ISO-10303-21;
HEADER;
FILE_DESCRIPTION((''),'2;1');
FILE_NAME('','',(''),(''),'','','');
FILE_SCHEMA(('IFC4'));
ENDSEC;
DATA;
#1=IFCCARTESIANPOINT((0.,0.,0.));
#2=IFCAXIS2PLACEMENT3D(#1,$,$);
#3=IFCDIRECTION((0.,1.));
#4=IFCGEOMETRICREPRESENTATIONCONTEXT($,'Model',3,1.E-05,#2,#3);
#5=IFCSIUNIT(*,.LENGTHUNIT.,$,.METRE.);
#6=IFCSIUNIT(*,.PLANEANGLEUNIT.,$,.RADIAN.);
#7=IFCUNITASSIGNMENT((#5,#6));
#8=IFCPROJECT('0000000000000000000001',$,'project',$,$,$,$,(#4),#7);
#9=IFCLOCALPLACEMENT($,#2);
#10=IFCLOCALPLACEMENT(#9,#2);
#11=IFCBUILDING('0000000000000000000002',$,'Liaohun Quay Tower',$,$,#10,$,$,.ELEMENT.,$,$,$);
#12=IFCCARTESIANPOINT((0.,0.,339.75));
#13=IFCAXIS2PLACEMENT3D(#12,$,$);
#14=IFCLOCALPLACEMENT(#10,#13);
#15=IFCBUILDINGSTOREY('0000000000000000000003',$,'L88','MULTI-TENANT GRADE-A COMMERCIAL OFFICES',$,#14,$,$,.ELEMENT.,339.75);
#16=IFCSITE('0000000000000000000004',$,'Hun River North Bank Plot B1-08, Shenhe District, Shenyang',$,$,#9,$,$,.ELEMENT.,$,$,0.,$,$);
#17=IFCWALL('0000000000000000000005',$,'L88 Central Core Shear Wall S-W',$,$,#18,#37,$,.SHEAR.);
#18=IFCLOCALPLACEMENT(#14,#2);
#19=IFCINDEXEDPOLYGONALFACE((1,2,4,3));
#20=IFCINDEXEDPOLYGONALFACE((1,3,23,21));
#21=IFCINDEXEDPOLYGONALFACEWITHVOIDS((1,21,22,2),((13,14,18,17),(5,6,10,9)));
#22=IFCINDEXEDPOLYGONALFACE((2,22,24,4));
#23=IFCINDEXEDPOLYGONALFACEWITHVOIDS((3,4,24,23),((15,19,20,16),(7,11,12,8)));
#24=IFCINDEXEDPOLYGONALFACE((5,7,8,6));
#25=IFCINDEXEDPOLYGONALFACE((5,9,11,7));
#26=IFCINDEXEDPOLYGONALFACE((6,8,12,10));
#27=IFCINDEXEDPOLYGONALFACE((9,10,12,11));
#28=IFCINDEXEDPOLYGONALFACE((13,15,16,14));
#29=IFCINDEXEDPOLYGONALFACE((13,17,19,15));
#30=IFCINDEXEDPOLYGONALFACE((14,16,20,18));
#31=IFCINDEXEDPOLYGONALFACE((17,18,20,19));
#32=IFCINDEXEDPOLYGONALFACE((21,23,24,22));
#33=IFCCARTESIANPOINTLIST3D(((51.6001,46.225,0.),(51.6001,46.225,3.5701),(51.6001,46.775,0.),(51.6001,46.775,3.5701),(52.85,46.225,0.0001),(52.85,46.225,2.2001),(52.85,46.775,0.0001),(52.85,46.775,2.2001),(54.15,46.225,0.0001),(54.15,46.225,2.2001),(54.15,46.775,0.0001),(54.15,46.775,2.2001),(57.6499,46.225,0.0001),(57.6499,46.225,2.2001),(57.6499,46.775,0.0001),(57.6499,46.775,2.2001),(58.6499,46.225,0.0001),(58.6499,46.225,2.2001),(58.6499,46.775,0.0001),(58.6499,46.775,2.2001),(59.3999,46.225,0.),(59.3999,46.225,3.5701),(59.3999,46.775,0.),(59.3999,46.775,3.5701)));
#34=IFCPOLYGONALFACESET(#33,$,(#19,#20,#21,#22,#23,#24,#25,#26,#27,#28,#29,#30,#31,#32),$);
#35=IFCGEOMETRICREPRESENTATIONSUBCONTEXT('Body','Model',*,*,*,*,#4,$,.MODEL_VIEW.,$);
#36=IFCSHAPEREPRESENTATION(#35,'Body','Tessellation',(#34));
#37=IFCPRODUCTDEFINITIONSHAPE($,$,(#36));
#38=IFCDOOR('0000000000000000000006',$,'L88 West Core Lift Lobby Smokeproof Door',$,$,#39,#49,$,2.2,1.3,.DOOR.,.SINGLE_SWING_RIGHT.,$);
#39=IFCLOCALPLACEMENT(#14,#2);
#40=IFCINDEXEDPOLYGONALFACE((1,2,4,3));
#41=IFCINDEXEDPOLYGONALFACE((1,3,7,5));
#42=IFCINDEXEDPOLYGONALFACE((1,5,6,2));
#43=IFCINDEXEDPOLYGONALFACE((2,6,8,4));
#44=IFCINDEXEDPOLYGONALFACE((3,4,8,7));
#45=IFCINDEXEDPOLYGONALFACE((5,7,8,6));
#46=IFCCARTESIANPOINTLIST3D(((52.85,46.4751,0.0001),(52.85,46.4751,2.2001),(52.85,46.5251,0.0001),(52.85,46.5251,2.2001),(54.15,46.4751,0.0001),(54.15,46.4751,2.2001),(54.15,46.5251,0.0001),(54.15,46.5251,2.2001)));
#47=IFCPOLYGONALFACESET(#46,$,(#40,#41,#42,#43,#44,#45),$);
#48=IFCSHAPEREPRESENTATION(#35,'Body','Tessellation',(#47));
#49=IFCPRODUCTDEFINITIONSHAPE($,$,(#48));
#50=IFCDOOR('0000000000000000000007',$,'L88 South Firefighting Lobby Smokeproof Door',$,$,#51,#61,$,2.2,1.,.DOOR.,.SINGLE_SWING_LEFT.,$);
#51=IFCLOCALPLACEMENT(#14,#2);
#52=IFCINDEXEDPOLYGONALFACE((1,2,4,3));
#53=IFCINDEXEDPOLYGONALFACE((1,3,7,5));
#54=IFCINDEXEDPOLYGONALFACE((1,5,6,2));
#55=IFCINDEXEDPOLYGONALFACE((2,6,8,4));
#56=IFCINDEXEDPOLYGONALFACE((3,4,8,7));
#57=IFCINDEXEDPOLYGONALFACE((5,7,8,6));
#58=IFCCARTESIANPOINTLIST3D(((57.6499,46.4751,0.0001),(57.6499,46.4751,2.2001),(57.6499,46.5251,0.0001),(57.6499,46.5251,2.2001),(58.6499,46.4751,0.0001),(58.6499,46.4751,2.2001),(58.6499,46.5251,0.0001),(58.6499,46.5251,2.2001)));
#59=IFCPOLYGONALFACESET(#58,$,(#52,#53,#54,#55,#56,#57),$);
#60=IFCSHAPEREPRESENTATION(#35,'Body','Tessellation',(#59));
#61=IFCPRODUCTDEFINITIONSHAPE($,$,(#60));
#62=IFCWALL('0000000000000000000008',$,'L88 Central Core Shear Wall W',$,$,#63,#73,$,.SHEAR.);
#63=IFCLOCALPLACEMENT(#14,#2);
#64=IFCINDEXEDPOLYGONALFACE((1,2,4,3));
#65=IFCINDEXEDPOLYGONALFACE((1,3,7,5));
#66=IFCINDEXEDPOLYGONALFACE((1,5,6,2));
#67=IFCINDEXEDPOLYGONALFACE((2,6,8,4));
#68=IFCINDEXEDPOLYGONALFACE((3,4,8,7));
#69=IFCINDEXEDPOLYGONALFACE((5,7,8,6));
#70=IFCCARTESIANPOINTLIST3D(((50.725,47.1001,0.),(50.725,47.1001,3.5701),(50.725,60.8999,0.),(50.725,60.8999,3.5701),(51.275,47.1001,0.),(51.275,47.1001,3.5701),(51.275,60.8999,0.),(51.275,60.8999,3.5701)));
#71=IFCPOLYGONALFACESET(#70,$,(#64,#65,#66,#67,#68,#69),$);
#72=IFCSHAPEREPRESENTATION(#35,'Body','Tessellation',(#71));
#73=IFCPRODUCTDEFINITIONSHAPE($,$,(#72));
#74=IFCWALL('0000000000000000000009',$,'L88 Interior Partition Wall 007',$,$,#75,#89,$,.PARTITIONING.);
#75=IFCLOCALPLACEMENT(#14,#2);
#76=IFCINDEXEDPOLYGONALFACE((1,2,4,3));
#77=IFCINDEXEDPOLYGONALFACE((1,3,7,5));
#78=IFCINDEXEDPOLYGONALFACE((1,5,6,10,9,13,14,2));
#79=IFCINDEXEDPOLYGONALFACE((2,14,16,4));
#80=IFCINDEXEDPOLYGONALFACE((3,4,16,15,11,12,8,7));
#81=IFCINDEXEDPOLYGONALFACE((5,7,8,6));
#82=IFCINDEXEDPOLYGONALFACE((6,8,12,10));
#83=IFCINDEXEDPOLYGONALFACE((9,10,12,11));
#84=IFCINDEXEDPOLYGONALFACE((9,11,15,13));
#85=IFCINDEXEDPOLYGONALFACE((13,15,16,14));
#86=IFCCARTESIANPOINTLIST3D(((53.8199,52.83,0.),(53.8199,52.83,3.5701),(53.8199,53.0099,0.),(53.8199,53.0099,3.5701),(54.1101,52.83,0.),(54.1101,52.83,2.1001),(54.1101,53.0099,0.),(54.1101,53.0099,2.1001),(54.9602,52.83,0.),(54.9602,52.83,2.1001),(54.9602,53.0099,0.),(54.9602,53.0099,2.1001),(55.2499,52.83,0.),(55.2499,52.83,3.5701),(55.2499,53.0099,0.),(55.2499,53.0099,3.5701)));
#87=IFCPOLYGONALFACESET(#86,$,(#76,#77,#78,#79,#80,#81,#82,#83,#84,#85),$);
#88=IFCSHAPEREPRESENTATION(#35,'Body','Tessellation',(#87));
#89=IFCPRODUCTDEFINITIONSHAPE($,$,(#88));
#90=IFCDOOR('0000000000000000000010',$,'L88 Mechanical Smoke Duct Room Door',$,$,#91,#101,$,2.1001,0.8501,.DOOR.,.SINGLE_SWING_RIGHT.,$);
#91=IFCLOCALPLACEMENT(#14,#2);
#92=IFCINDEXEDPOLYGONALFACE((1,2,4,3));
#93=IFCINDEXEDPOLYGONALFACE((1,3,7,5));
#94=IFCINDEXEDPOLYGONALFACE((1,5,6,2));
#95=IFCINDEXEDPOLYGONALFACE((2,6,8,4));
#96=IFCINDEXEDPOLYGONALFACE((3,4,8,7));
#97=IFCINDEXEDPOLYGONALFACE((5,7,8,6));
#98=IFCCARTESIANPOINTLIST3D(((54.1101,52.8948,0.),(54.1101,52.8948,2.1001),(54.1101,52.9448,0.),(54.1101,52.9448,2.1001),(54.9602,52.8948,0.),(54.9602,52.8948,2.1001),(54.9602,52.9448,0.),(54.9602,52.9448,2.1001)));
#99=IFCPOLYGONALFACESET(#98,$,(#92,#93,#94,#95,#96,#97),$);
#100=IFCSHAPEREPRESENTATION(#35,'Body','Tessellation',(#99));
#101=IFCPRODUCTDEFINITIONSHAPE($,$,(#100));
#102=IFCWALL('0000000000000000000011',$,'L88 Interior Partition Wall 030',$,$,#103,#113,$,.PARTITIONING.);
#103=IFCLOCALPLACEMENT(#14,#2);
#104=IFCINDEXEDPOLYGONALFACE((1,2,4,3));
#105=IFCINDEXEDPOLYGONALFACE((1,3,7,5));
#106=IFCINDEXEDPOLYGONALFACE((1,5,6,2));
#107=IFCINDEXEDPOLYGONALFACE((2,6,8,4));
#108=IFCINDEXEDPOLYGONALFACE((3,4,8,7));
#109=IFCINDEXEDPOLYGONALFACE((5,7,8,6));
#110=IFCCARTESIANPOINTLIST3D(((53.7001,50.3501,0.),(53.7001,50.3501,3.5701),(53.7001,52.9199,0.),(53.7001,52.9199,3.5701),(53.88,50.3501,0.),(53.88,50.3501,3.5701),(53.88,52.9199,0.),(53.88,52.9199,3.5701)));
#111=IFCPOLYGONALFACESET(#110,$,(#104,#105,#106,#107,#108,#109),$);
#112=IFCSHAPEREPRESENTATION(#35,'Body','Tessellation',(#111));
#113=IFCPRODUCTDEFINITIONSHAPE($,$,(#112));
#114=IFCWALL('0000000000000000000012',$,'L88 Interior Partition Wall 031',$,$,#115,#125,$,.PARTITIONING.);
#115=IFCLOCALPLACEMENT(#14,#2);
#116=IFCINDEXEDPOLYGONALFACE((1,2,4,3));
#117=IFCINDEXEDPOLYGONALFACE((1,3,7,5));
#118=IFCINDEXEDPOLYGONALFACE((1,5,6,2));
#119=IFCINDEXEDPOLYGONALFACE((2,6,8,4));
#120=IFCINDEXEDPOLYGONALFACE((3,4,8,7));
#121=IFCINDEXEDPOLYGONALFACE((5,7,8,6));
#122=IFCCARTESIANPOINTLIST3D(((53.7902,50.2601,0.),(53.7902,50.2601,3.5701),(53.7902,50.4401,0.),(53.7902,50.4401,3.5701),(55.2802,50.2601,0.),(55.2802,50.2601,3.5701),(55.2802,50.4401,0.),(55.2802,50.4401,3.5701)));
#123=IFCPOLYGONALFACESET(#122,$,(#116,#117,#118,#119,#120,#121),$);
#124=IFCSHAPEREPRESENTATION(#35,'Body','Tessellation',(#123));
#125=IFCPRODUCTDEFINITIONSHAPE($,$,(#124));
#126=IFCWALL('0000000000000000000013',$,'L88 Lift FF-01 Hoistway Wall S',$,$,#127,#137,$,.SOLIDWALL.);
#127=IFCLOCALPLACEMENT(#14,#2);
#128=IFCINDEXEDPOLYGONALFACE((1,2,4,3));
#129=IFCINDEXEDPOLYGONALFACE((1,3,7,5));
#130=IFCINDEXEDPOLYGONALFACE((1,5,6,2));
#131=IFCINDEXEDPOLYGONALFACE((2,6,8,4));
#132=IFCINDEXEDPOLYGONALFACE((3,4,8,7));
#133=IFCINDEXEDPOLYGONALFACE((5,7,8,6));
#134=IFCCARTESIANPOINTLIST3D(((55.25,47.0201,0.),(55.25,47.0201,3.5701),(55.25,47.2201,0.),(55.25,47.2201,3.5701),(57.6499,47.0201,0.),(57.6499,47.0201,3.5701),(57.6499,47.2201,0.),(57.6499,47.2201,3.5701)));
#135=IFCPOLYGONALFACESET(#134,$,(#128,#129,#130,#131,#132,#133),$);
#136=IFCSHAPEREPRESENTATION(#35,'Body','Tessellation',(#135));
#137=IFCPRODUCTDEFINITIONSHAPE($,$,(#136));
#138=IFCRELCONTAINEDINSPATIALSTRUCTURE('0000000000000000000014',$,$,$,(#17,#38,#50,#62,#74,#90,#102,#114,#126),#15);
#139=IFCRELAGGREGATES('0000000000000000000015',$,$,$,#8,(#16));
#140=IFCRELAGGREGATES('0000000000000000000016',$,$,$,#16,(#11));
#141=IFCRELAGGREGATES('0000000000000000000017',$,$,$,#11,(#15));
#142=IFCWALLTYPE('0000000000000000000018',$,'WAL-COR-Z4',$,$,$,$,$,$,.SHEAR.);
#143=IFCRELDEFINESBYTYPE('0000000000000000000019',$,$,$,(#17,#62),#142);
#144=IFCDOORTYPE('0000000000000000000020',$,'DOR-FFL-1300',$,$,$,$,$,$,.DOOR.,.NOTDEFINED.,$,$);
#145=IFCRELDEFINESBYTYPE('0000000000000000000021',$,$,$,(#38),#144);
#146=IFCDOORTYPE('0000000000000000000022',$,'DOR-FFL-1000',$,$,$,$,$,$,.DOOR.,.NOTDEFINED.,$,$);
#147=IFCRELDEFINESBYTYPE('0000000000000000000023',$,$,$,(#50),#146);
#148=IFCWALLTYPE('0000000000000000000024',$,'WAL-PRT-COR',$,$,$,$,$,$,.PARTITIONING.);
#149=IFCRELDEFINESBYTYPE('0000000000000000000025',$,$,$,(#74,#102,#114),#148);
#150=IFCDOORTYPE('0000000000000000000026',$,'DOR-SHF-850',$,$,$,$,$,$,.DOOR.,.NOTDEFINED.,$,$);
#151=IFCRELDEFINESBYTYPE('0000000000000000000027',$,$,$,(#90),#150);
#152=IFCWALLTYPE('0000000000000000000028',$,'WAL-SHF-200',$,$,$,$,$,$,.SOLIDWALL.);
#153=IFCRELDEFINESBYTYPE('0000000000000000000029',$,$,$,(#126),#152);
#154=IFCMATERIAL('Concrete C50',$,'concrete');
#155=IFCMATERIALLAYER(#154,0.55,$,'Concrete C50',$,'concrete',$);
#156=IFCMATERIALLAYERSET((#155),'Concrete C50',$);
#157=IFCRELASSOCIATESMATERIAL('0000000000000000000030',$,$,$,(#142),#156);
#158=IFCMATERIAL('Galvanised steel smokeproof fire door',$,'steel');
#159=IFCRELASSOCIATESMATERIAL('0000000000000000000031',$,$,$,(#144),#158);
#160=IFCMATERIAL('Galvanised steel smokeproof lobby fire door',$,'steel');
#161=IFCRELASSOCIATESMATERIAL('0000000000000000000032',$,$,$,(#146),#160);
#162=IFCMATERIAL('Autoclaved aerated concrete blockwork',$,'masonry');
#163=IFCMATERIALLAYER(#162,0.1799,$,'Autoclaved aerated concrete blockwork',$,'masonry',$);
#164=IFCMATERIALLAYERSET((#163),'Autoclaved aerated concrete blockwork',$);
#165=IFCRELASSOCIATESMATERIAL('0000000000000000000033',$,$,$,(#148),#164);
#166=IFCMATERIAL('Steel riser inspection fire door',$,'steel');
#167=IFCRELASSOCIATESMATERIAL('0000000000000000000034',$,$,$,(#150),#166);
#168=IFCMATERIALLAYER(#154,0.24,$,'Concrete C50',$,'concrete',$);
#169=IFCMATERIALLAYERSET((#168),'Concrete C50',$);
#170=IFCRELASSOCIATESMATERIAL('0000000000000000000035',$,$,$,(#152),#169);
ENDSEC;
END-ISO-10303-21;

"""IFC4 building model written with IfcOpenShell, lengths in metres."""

from ifc_helpers import new_model, si_unit, direction, frame, frame_2d, origin, place, context, subcontext, project, spatial, rectangle, extrude, source, transform, mapped, material, layer, layer_set, type_object, element, fill, save


model = new_model("IFC4")

# Units and contexts
model_context = context("Model", 3, precision=1e-05, world=origin(), true_north=direction((0.0, 1.0)))
body_context = subcontext(model_context, "Body", "Model", "MODEL_VIEW")
ifc_project = project(units=[si_unit("LENGTHUNIT", "METRE"), si_unit("PLANEANGLEUNIT", "RADIAN")], contexts=[model_context])

# Site, building, storey
site_placement = place(None, origin())
site = spatial("IfcSite", under=ifc_project, at=site_placement, Name="Hun River North Bank Plot B1-08, Shenhe District, Shenyang", CompositionType="ELEMENT", RefElevation=0.0)
building_placement = place(site_placement, origin())
building = spatial("IfcBuilding", under=site, at=building_placement, Name="Liaohun Quay Tower", CompositionType="ELEMENT")
storey_placement = place(building_placement, frame((0.0, 0.0, 339.75)))
storey = spatial("IfcBuildingStorey", under=building, at=storey_placement, Name="L88", Description="MULTI-TENANT GRADE-A COMMERCIAL OFFICES", CompositionType="ELEMENT", Elevation=339.75)

# Wall, openings, doors
ifc_material_1 = material(Name="Concrete C50", Category="concrete")
ifc_layer_1 = layer(ifc_material_1, 0.55, Name="Concrete C50", Category="concrete")
ifc_layer_set_1 = layer_set([ifc_layer_1], Name="Concrete C50")
wall_type_1 = type_object("IfcWallType", Name="WAL-COR-Z4", PredefinedType="SHEAR", material=ifc_layer_set_1)
wall_1_placement = place(storey_placement, frame((59.3999, 46.5, 0.0), z_axis=(0.0, 0.0, 1.0), x_axis=(-1.0, 0.0, 0.0)))
wall_1 = element("IfcWall", 1, at=wall_1_placement, inside=storey, type_object=wall_type_1, Name="L88 Central Core Shear Wall S-W", PredefinedType="SHEAR", context=body_context, shape_type="SweptSolid", body=[
    extrude(rectangle(XDim=7.7998, YDim=0.55, at=frame_2d((3.8999, 0.0))), origin(), (0.0, 0.0, 1.0), 3.5701),
])
shared_shape_1 = source(origin(), body_context, "Body", "SweptSolid", [
    extrude(rectangle(XDim=1.3, YDim=2.2, at=frame_2d((0.6499, 1.1001))), frame((0.0, 0.2849, 0.0), z_axis=(0.0, -1.0, 0.0), x_axis=(1.0, 0.0, 0.0)), (0.0, 0.0, 1.0), 0.5701),
])
opening_1_placement = place(wall_1_placement, frame((5.25, 0.0, 0.0)))
opening_1 = element("IfcOpeningElement", 2, at=opening_1_placement, cuts=wall_1, PredefinedType="OPENING", context=body_context, shape_type="MappedRepresentation", body=[
    mapped(shared_shape_1, transform((0.0, 0.0, 0.0), x_axis=(1.0, 0.0, 0.0), y_axis=(0.0, 1.0, 0.0), z_axis=(0.0, 0.0, 1.0), scale=1.0)),
])
shared_shape_2 = source(origin(), body_context, "Body", "SweptSolid", [
    extrude(rectangle(XDim=1.0, YDim=2.2, at=frame_2d((0.5, 1.1001))), frame((0.0, 0.2849, 0.0), z_axis=(0.0, -1.0, 0.0), x_axis=(1.0, 0.0, 0.0)), (0.0, 0.0, 1.0), 0.5701),
])
opening_2_placement = place(wall_1_placement, frame((0.75, 0.0, 0.0)))
opening_2 = element("IfcOpeningElement", 3, at=opening_2_placement, cuts=wall_1, PredefinedType="OPENING", context=body_context, shape_type="MappedRepresentation", body=[
    mapped(shared_shape_2, transform((0.0, 0.0, 0.0), x_axis=(1.0, 0.0, 0.0), y_axis=(0.0, 1.0, 0.0), z_axis=(0.0, 0.0, 1.0), scale=1.0)),
])
ifc_material_2 = material(Name="Galvanised steel smokeproof fire door", Category="steel")
door_type_1 = type_object("IfcDoorType", Name="DOR-FFL-1300", OperationType="NOTDEFINED", PredefinedType="DOOR", material=ifc_material_2)
shared_shape_3 = source(origin(), body_context, "Body", "SweptSolid", [
    extrude(rectangle(XDim=1.3, YDim=2.2, at=frame_2d((0.6499, 1.1001))), frame((0.0, 0.0249, 0.0), z_axis=(0.0, -1.0, 0.0), x_axis=(1.0, 0.0, 0.0)), (0.0, 0.0, 1.0), 0.05),
])
door_1_placement = place(opening_1_placement, origin())
door_1 = element("IfcDoor", 4, at=door_1_placement, inside=storey, type_object=door_type_1, Name="L88 West Core Lift Lobby Smokeproof Door", OperationType="SINGLE_SWING_RIGHT", OverallHeight=2.2, OverallWidth=1.3, PredefinedType="DOOR", context=body_context, shape_type="MappedRepresentation", body=[
    mapped(shared_shape_3, transform((0.0, 0.0, 0.0), x_axis=(1.0, 0.0, 0.0), y_axis=(0.0, 1.0, 0.0), z_axis=(0.0, 0.0, 1.0), scale=1.0)),
])
fill(opening_1, door_1)
ifc_material_3 = material(Name="Galvanised steel smokeproof lobby fire door", Category="steel")
door_type_2 = type_object("IfcDoorType", Name="DOR-FFL-1000", OperationType="NOTDEFINED", PredefinedType="DOOR", material=ifc_material_3)
shared_shape_4 = source(origin(), body_context, "Body", "SweptSolid", [
    extrude(rectangle(XDim=1.0, YDim=2.2, at=frame_2d((0.5, 1.1001))), frame((0.0, 0.0249, 0.0), z_axis=(0.0, -1.0, 0.0), x_axis=(1.0, 0.0, 0.0)), (0.0, 0.0, 1.0), 0.05),
])
door_2_placement = place(opening_2_placement, origin())
door_2 = element("IfcDoor", 5, at=door_2_placement, inside=storey, type_object=door_type_2, Name="L88 South Firefighting Lobby Smokeproof Door", OperationType="SINGLE_SWING_LEFT", OverallHeight=2.2, OverallWidth=1.0, PredefinedType="DOOR", context=body_context, shape_type="MappedRepresentation", body=[
    mapped(shared_shape_4, transform((0.0, 0.0, 0.0), x_axis=(1.0, 0.0, 0.0), y_axis=(0.0, 1.0, 0.0), z_axis=(0.0, 0.0, 1.0), scale=1.0)),
])
fill(opening_2, door_2)

# Wall
wall_2_placement = place(storey_placement, frame((51.0, 47.1001, 0.0), z_axis=(0.0, 0.0, 1.0), x_axis=(0.0, 1.0, 0.0)))
element("IfcWall", 6, at=wall_2_placement, inside=storey, type_object=wall_type_1, Name="L88 Central Core Shear Wall W", PredefinedType="SHEAR", context=body_context, shape_type="SweptSolid", body=[
    extrude(rectangle(XDim=13.7998, YDim=0.55, at=frame_2d((6.8999, 0.0))), origin(), (0.0, 0.0, 1.0), 3.5701),
])

# Wall, opening, door
ifc_material_4 = material(Name="Autoclaved aerated concrete blockwork", Category="masonry")
ifc_layer_2 = layer(ifc_material_4, 0.1799, Name="Autoclaved aerated concrete blockwork", Category="masonry")
ifc_layer_set_2 = layer_set([ifc_layer_2], Name="Autoclaved aerated concrete blockwork")
wall_type_2 = type_object("IfcWallType", Name="WAL-PRT-COR", PredefinedType="PARTITIONING", material=ifc_layer_set_2)
wall_3_placement = place(storey_placement, frame((53.8201, 52.9199, 0.0), z_axis=(0.0, 0.0, 1.0), x_axis=(1.0, 0.0, 0.0)))
wall_3 = element("IfcWall", 7, at=wall_3_placement, inside=storey, type_object=wall_type_2, Name="L88 Interior Partition Wall 007", PredefinedType="PARTITIONING", context=body_context, shape_type="SweptSolid", body=[
    extrude(rectangle(XDim=1.4299, YDim=0.1799, at=frame_2d((0.7148, 0.0))), origin(), (0.0, 0.0, 1.0), 3.5701),
])
shared_shape_5 = source(origin(), body_context, "Body", "SweptSolid", [
    extrude(rectangle(XDim=0.8501, YDim=2.1001, at=frame_2d((0.425, 1.05))), frame((0.0, 0.0999, 0.0), z_axis=(0.0, -1.0, 0.0), x_axis=(1.0, 0.0, 0.0)), (0.0, 0.0, 1.0), 0.2),
])
opening_3_placement = place(wall_3_placement, frame((0.29, 0.0, 0.0)))
opening_3 = element("IfcOpeningElement", 8, at=opening_3_placement, cuts=wall_3, PredefinedType="OPENING", context=body_context, shape_type="MappedRepresentation", body=[
    mapped(shared_shape_5, transform((0.0, 0.0, 0.0), x_axis=(1.0, 0.0, 0.0), y_axis=(0.0, 1.0, 0.0), z_axis=(0.0, 0.0, 1.0), scale=1.0)),
])
ifc_material_5 = material(Name="Steel riser inspection fire door", Category="steel")
door_type_3 = type_object("IfcDoorType", Name="DOR-SHF-850", OperationType="NOTDEFINED", PredefinedType="DOOR", material=ifc_material_5)
shared_shape_6 = source(origin(), body_context, "Body", "SweptSolid", [
    extrude(rectangle(XDim=0.8501, YDim=2.1001, at=frame_2d((0.425, 1.05))), frame((0.0, 0.0249, 0.0), z_axis=(0.0, -1.0, 0.0), x_axis=(1.0, 0.0, 0.0)), (0.0, 0.0, 1.0), 0.05),
])
door_3_placement = place(opening_3_placement, origin())
door_3 = element("IfcDoor", 9, at=door_3_placement, inside=storey, type_object=door_type_3, Name="L88 Mechanical Smoke Duct Room Door", OperationType="SINGLE_SWING_RIGHT", OverallHeight=2.1001, OverallWidth=0.8501, PredefinedType="DOOR", context=body_context, shape_type="MappedRepresentation", body=[
    mapped(shared_shape_6, transform((0.0, 0.0, 0.0), x_axis=(1.0, 0.0, 0.0), y_axis=(0.0, 1.0, 0.0), z_axis=(0.0, 0.0, 1.0), scale=1.0)),
])
fill(opening_3, door_3)

# Walls
wall_4_placement = place(storey_placement, frame((53.79, 50.3501, 0.0), z_axis=(0.0, 0.0, 1.0), x_axis=(0.0, 1.0, 0.0)))
element("IfcWall", 10, at=wall_4_placement, inside=storey, type_object=wall_type_2, Name="L88 Interior Partition Wall 030", PredefinedType="PARTITIONING", context=body_context, shape_type="SweptSolid", body=[
    extrude(rectangle(XDim=2.5698, YDim=0.1799, at=frame_2d((1.2849, 0.0))), origin(), (0.0, 0.0, 1.0), 3.5701),
])
wall_5_placement = place(storey_placement, frame((53.79, 50.3501, 0.0), z_axis=(0.0, 0.0, 1.0), x_axis=(1.0, 0.0, 0.0)))
element("IfcWall", 11, at=wall_5_placement, inside=storey, type_object=wall_type_2, Name="L88 Interior Partition Wall 031", PredefinedType="PARTITIONING", context=body_context, shape_type="SweptSolid", body=[
    extrude(rectangle(XDim=1.49, YDim=0.1799, at=frame_2d((0.7451, 0.0))), origin(), (0.0, 0.0, 1.0), 3.5701),
])
ifc_layer_3 = layer(ifc_material_1, 0.24, Name="Concrete C50", Category="concrete")
ifc_layer_set_3 = layer_set([ifc_layer_3], Name="Concrete C50")
wall_type_3 = type_object("IfcWallType", Name="WAL-SHF-200", PredefinedType="SOLIDWALL", material=ifc_layer_set_3)
wall_6_placement = place(storey_placement, frame((55.25, 47.1201, 0.0), z_axis=(0.0, 0.0, 1.0), x_axis=(1.0, 0.0, 0.0)))
element("IfcWall", 12, at=wall_6_placement, inside=storey, type_object=wall_type_3, Name="L88 Lift FF-01 Hoistway Wall S", PredefinedType="SOLIDWALL", context=body_context, shape_type="SweptSolid", body=[
    extrude(rectangle(XDim=2.3999, YDim=0.2, at=frame_2d((1.2, 0.0))), origin(), (0.0, 0.0, 1.0), 3.5701),
])

save(model, "model.ifc")
